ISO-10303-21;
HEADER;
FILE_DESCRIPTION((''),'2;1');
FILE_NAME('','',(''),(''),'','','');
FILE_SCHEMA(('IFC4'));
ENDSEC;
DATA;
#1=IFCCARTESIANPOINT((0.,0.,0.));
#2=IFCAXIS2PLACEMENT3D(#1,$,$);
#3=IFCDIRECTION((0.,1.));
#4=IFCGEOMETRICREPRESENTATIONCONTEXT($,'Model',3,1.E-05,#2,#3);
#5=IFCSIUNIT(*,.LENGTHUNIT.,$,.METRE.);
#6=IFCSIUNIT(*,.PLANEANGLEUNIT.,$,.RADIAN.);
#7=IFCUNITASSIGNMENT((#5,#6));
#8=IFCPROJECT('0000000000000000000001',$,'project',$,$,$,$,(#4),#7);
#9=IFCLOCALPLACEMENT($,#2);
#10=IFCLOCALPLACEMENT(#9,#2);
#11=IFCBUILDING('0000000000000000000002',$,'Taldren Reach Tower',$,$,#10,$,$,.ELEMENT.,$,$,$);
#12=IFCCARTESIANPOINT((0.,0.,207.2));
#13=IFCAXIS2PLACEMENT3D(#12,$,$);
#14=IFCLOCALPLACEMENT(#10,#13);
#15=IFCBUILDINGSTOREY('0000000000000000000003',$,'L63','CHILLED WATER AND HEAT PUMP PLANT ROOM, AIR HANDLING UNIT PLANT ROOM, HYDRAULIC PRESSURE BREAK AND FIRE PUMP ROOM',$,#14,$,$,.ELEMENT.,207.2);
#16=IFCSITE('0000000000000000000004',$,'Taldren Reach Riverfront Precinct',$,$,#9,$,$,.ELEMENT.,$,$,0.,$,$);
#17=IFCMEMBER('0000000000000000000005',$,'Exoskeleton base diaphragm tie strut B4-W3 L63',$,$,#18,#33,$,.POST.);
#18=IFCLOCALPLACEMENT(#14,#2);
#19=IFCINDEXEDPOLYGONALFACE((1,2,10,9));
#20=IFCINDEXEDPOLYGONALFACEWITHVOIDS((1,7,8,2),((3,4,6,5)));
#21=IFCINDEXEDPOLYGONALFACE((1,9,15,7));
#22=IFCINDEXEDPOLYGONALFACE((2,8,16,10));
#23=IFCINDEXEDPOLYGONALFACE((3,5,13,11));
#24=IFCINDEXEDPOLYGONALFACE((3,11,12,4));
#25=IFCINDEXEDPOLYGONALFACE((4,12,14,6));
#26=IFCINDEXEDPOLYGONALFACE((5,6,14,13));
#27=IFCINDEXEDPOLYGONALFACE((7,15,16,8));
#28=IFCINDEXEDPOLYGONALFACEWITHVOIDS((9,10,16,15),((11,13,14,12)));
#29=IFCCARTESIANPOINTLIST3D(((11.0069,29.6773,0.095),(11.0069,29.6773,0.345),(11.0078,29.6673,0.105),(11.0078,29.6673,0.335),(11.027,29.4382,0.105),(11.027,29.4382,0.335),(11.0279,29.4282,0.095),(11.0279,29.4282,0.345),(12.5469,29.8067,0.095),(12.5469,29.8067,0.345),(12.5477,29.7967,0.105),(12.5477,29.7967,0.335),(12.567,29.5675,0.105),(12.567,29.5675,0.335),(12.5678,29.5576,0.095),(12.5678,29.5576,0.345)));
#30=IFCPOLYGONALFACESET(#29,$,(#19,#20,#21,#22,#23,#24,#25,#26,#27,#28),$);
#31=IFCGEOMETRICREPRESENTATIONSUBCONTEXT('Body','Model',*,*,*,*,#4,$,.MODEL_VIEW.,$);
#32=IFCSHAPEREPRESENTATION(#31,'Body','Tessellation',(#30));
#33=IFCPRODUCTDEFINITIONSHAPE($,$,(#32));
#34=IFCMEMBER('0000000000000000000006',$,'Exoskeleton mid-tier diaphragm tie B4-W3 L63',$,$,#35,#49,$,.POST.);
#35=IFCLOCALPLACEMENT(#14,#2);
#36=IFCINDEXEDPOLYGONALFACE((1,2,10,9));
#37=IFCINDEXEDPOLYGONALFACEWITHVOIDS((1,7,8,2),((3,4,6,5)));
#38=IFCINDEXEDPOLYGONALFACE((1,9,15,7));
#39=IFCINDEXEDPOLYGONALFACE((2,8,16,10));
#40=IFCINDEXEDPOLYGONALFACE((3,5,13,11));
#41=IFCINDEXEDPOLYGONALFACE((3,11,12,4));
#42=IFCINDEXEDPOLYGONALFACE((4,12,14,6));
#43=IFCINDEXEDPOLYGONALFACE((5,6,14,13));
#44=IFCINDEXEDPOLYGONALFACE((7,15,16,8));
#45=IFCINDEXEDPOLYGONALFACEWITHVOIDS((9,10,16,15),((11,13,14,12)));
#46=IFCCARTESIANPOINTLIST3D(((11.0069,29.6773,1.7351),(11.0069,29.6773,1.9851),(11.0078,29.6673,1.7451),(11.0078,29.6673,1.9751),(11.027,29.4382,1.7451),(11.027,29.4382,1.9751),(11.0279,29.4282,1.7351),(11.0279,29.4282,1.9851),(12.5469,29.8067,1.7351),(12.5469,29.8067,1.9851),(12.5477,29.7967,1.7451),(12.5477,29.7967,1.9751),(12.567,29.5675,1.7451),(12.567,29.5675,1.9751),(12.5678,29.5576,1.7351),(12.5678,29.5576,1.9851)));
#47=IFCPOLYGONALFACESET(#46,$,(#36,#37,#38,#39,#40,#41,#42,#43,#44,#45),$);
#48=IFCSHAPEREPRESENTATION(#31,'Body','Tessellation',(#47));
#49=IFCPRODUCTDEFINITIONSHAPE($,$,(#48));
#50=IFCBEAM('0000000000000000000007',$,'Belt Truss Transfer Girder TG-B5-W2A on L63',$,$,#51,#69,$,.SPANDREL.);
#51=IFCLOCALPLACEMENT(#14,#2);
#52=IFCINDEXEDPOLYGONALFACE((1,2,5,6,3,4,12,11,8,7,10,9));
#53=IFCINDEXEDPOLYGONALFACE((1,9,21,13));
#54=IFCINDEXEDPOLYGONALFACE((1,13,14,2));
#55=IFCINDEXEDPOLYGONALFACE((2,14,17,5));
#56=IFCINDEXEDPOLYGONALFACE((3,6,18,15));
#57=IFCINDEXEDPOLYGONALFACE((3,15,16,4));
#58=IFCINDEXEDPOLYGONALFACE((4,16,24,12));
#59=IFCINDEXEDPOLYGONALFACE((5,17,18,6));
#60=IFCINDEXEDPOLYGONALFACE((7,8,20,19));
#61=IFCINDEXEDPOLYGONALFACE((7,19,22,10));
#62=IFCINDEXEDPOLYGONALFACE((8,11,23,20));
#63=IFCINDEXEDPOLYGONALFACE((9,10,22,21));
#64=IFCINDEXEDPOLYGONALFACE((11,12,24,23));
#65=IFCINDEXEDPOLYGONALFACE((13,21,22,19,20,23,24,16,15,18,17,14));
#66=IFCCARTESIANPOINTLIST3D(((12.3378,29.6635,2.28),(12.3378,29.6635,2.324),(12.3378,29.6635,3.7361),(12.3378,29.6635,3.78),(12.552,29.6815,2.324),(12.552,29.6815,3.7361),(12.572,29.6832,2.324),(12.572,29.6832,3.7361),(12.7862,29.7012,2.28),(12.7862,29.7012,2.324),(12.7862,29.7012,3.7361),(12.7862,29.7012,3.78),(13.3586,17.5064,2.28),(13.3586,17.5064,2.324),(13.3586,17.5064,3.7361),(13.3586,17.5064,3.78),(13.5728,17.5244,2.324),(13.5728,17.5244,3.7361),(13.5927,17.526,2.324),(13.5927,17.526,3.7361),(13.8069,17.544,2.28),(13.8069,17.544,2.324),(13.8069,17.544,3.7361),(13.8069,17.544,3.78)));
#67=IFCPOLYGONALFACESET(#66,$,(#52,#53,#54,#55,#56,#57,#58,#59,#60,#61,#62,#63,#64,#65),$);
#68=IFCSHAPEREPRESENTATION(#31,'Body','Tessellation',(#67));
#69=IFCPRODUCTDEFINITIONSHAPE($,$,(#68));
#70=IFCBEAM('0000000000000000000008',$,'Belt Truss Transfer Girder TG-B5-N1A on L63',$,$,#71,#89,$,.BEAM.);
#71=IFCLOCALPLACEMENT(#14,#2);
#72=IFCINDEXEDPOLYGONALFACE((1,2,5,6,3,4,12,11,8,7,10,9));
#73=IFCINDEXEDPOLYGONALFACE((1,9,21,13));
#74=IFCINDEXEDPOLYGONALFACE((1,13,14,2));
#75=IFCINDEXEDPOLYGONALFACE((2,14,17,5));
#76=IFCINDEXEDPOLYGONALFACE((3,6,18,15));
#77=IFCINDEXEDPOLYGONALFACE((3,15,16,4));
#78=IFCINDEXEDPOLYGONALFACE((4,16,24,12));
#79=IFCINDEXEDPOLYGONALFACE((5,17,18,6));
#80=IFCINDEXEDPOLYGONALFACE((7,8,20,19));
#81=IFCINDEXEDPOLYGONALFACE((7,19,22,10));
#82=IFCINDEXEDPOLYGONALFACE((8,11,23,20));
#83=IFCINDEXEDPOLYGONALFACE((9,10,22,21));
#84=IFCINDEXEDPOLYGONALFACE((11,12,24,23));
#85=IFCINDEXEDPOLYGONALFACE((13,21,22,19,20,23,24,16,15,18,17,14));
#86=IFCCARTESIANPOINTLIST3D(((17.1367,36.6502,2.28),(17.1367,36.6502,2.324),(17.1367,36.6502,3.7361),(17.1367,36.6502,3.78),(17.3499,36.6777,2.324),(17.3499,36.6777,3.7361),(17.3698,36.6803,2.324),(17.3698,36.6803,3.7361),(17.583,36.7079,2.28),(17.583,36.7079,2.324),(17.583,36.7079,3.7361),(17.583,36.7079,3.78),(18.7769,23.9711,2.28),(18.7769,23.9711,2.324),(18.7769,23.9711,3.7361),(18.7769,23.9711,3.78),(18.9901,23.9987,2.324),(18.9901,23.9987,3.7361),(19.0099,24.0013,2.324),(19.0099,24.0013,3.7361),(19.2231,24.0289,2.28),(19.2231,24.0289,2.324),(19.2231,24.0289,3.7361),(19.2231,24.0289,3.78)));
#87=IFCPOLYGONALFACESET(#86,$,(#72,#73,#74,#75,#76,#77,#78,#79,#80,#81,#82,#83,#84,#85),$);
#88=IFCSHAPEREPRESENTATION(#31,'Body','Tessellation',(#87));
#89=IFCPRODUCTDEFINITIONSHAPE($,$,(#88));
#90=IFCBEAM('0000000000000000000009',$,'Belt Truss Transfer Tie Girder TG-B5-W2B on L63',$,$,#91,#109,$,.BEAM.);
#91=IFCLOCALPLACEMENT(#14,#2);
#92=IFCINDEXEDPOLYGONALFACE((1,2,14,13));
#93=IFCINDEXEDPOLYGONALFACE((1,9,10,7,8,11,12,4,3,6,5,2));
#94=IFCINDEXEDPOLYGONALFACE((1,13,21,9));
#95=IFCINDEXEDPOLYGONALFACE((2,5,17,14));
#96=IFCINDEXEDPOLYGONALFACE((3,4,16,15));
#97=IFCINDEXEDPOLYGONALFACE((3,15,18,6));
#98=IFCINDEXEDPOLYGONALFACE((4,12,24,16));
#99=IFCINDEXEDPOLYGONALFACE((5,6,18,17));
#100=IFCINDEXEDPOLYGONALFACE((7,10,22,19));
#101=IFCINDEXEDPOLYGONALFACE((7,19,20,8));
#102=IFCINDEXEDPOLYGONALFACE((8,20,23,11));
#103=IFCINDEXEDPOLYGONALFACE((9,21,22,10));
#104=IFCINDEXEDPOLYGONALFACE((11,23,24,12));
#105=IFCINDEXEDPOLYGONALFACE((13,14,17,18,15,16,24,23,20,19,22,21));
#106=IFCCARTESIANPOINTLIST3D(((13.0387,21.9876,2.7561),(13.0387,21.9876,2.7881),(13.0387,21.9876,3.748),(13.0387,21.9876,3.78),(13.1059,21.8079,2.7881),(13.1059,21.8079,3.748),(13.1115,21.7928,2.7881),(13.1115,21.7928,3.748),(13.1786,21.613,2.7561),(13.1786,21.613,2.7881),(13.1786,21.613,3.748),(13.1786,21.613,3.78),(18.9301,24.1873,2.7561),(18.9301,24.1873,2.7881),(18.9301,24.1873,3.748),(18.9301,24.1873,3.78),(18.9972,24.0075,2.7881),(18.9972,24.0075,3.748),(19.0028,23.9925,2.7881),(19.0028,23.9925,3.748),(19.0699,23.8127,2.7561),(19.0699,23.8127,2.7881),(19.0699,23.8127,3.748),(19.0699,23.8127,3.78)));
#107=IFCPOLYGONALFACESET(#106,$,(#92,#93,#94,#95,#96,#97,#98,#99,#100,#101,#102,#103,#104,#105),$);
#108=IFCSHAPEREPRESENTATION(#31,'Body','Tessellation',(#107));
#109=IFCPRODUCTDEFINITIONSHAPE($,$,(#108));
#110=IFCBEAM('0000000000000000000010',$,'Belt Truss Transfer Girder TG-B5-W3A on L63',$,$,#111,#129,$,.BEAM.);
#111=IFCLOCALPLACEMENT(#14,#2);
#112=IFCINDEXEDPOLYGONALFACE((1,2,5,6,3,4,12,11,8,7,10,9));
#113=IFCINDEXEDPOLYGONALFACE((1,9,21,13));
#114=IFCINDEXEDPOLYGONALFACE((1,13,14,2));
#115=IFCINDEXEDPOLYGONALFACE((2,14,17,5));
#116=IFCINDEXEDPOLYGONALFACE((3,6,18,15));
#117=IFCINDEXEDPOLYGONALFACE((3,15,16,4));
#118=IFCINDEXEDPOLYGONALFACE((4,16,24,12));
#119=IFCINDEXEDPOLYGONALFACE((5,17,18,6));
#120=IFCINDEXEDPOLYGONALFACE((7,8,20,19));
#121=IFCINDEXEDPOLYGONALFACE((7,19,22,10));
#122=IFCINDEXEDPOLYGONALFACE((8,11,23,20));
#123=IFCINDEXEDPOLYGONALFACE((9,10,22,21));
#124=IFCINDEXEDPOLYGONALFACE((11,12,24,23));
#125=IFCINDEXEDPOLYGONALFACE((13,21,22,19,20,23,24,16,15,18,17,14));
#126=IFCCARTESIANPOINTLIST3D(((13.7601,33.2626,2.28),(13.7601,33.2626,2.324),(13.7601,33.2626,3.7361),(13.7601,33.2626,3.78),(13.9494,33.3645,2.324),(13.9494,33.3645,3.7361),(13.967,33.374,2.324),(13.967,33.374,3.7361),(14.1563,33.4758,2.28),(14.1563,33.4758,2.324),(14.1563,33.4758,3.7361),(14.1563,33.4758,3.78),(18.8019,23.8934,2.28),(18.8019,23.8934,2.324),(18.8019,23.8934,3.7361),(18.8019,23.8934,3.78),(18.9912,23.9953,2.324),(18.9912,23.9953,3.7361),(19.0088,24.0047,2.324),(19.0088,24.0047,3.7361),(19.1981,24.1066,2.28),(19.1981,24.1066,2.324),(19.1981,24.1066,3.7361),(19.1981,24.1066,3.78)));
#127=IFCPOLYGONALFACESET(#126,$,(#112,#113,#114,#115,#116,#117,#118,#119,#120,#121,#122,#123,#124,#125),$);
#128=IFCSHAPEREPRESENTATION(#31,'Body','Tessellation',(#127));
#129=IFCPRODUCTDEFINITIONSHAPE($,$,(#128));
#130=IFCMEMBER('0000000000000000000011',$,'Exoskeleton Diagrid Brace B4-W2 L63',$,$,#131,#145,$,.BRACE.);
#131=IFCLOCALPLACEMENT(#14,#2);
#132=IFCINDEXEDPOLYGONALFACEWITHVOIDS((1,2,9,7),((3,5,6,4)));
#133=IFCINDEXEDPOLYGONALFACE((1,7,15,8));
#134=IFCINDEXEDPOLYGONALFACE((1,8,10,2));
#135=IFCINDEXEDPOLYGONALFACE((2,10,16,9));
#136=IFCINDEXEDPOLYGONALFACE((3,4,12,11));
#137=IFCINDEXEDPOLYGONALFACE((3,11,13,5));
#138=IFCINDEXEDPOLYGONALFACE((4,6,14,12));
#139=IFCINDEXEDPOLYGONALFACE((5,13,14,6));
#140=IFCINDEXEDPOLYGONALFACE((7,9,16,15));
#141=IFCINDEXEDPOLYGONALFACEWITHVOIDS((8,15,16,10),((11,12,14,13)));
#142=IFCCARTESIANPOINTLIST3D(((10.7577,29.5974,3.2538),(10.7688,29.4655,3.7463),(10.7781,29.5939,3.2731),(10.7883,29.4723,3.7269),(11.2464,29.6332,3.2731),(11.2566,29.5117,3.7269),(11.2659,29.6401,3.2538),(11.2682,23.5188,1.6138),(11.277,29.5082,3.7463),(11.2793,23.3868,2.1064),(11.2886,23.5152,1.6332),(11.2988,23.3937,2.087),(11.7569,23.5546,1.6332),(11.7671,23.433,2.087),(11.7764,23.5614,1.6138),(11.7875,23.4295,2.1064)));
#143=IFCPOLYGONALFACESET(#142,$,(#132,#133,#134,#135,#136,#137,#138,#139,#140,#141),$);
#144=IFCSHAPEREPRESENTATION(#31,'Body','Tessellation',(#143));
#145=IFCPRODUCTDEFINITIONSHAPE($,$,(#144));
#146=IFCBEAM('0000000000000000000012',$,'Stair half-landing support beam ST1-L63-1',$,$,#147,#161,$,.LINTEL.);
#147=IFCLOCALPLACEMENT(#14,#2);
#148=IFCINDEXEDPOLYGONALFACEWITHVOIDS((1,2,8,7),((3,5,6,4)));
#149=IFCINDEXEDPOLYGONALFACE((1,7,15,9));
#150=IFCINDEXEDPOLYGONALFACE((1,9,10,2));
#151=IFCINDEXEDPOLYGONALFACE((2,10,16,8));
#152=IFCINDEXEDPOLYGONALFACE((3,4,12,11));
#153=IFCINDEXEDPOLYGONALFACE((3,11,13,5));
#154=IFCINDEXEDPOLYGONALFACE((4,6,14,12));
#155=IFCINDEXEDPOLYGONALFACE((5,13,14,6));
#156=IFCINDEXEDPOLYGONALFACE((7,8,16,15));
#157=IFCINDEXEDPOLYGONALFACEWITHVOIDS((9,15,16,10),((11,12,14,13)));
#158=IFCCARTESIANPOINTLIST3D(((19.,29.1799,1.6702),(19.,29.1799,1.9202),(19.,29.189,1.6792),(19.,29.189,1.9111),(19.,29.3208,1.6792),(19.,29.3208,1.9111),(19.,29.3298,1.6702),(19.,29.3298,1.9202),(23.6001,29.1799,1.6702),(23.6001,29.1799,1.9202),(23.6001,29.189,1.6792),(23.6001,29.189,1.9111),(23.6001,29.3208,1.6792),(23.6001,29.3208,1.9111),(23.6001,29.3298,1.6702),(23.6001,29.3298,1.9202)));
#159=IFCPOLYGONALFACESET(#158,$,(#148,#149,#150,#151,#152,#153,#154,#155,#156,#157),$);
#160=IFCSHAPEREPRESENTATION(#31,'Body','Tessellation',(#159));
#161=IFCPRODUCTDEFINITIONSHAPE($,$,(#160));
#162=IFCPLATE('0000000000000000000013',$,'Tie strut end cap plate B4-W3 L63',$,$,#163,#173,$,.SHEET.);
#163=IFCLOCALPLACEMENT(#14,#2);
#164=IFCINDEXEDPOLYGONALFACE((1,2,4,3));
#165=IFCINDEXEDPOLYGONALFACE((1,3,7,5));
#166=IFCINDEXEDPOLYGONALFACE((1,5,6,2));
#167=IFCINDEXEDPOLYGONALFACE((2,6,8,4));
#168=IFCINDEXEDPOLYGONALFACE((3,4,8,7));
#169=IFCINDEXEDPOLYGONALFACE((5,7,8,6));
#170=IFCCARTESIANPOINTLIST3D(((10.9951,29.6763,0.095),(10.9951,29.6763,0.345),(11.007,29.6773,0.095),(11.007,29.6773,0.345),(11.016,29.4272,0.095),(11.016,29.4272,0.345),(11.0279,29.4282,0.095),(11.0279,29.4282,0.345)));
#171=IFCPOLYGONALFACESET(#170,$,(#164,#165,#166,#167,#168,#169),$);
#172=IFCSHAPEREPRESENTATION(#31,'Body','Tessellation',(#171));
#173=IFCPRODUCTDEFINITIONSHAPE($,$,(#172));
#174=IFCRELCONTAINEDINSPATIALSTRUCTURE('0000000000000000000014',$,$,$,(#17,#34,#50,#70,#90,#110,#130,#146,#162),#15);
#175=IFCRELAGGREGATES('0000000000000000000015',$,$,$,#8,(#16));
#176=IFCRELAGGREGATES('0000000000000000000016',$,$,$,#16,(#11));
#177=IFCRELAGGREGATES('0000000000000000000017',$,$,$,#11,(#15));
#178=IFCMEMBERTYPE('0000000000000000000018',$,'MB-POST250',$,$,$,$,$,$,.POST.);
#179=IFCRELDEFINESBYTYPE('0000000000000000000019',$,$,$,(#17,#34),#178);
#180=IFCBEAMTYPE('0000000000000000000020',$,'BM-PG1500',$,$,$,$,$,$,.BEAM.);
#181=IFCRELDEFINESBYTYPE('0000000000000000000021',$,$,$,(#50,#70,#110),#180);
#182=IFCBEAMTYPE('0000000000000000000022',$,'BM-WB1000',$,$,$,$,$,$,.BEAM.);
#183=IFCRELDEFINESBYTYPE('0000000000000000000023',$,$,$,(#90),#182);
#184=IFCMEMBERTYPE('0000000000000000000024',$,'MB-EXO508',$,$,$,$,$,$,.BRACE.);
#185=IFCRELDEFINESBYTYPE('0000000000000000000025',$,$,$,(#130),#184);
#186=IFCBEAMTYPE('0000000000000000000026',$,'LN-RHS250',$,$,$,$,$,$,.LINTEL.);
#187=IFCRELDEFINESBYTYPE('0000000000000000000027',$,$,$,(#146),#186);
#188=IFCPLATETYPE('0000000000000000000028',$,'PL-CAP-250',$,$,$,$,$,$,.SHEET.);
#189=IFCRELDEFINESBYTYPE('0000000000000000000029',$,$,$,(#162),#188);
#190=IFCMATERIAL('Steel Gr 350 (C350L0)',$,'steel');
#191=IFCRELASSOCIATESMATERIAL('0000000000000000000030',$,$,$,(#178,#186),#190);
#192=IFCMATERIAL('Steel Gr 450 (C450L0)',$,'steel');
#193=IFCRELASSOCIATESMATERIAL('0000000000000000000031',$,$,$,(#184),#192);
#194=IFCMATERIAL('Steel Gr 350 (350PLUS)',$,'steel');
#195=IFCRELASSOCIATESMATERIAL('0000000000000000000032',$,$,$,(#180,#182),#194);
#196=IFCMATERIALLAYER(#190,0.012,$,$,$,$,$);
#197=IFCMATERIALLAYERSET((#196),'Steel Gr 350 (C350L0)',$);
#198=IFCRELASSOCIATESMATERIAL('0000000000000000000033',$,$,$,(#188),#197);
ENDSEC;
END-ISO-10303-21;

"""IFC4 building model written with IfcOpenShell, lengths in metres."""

from ifc_helpers import new_model, si_unit, direction, frame, origin, origin_2d, place, context, subcontext, project, spatial, rectangle, hollow_rectangle, i_section, extrude, source, transform, mapped, material, layer, layer_set, material_profile, profile_set, type_object, element, save


model = new_model("IFC4")

# Units and contexts
model_context = context("Model", 3, precision=1e-05, world=origin(), true_north=direction((0.0, 1.0)))
body_context = subcontext(model_context, "Body", "Model", "MODEL_VIEW")
ifc_project = project(units=[si_unit("LENGTHUNIT", "METRE"), si_unit("PLANEANGLEUNIT", "RADIAN")], contexts=[model_context])

# Site, building, storey
site_placement = place(None, origin())
site = spatial("IfcSite", under=ifc_project, at=site_placement, Name="Taldren Reach Riverfront Precinct", CompositionType="ELEMENT", RefElevation=0.0)
building_placement = place(site_placement, origin())
building = spatial("IfcBuilding", under=site, at=building_placement, Name="Taldren Reach Tower", CompositionType="ELEMENT")
storey_placement = place(building_placement, frame((0.0, 0.0, 207.2)))
storey = spatial("IfcBuildingStorey", under=building, at=storey_placement, Name="L63", Description="CHILLED WATER AND HEAT PUMP PLANT ROOM, AIR HANDLING UNIT PLANT ROOM, HYDRAULIC PRESSURE BREAK AND FIRE PUMP ROOM", CompositionType="ELEMENT", Elevation=207.2)

# Shared definitions
ifc_material_1 = material(Name="Steel Gr 450 (C450L0)", Category="steel")
ifc_material_2 = material(Name="Steel Gr 350 (350PLUS)", Category="steel")

# Members
ifc_material_3 = material(Name="Steel Gr 350 (C350L0)", Category="steel")
ifc_material_profile_1 = material_profile(ifc_material_3, hollow_rectangle(XDim=0.25, YDim=0.25, WallThickness=0.01, at=origin_2d()), Name="250x250x10.0SHS")
ifc_profile_set_1 = profile_set([ifc_material_profile_1], Name="Steel Gr 350 (C350L0)")
member_type_1 = type_object("IfcMemberType", Name="MB-POST250", PredefinedType="POST", material=ifc_profile_set_1)
ifc_material_profile_2 = material_profile(ifc_material_1, hollow_rectangle(XDim=0.51, YDim=0.51, WallThickness=0.02, at=origin_2d()), Name="510x510x20.0SHS")
ifc_profile_set_2 = profile_set([ifc_material_profile_2], Name="Steel Gr 450 (C450L0)")
member_type_2 = type_object("IfcMemberType", Name="MB-EXO508", PredefinedType="BRACE", material=ifc_profile_set_2)
shared_shape_1 = source(origin(), body_context, "Body", "SweptSolid", [
    extrude(hollow_rectangle(XDim=0.25, YDim=0.25, WallThickness=0.01, at=origin_2d()), origin(), (0.0, 0.0, 1.0), 1.5454),
])
for number, where, z_axis, x_axis, name in (
    (1, (12.5574, 29.6821, 0.22), (-0.996489, -0.083725, 0.0), (0.083725, -0.996489, 0.0), "Exoskeleton base diaphragm tie strut B4-W3 L63"),
    (2, (12.5574, 29.6821, 1.8601), (-0.996489, -0.083725, 0.0), (0.083725, -0.996489, 0.0), "Exoskeleton mid-tier diaphragm tie B4-W3 L63"),
):
    element("IfcMember", number, at=place(storey_placement, frame(where, z_axis=z_axis, x_axis=x_axis)), inside=storey, type_object=member_type_1, Name=name, PredefinedType="POST", context=body_context, shape_type="MappedRepresentation", body=[
        mapped(shared_shape_1, transform((0.0, 0.0, 0.0), scale=1.0)),
    ])

# Beams
ifc_material_profile_3 = material_profile(ifc_material_2, i_section(OverallWidth=0.45, OverallDepth=1.5, WebThickness=0.02, FlangeThickness=0.0439, at=origin_2d()), Name="1500WB550")
ifc_profile_set_3 = profile_set([ifc_material_profile_3], Name="Steel Gr 350 (350PLUS)")
beam_type_1 = type_object("IfcBeamType", Name="BM-PG1500", PredefinedType="BEAM", material=ifc_profile_set_3)
shared_shape_2 = source(origin(), body_context, "Body", "SweptSolid", [
    extrude(i_section(OverallWidth=0.45, OverallDepth=1.5, WebThickness=0.02, FlangeThickness=0.0439, at=origin_2d()), origin(), (0.0, 0.0, 1.0), 12.2),
])
beam_1_placement = place(storey_placement, frame((12.562, 29.6824, 3.03), z_axis=(0.083668, -0.996494, 0.0), x_axis=(0.996494, 0.083668, 0.0)))
element("IfcBeam", 3, at=beam_1_placement, inside=storey, type_object=beam_type_1, Name="Belt Truss Transfer Girder TG-B5-W2A on L63", PredefinedType="SPANDREL", context=body_context, shape_type="MappedRepresentation", body=[
    mapped(shared_shape_2, transform((0.0, 0.0, 0.0), scale=1.0)),
])
shared_shape_3 = source(origin(), body_context, "Body", "SweptSolid", [
    extrude(i_section(OverallWidth=0.45, OverallDepth=1.5, WebThickness=0.02, FlangeThickness=0.0439, at=origin_2d()), origin(), (0.0, 0.0, 1.0), 12.7847),
])
beam_2_placement = place(storey_placement, frame((19.0, 24.0, 3.03), z_axis=(-0.12829, 0.991737, 0.0), x_axis=(-0.991737, -0.12829, 0.0)))
element("IfcBeam", 4, at=beam_2_placement, inside=storey, type_object=beam_type_1, Name="Belt Truss Transfer Girder TG-B5-N1A on L63", PredefinedType="BEAM", context=body_context, shape_type="MappedRepresentation", body=[
    mapped(shared_shape_3, transform((0.0, 0.0, 0.0), scale=1.0)),
])
ifc_material_profile_4 = material_profile(ifc_material_2, i_section(OverallWidth=0.3999, OverallDepth=1.0239, WebThickness=0.0161, FlangeThickness=0.032, at=origin_2d()), Name="1000WB322")
ifc_profile_set_4 = profile_set([ifc_material_profile_4], Name="Steel Gr 350 (350PLUS)")
beam_type_2 = type_object("IfcBeamType", Name="BM-WB1000", PredefinedType="BEAM", material=ifc_profile_set_4)
shared_shape_4 = source(origin(), body_context, "Body", "SweptSolid", [
    extrude(i_section(OverallWidth=0.3999, OverallDepth=1.0239, WebThickness=0.0161, FlangeThickness=0.032, at=origin_2d()), origin(), (0.0, 0.0, 1.0), 6.2886),
])
beam_3_placement = place(storey_placement, frame((19.0, 24.0, 3.2681), z_axis=(-0.936828, -0.349791, 0.0), x_axis=(0.349791, -0.936828, 0.0)))
element("IfcBeam", 5, at=beam_3_placement, inside=storey, type_object=beam_type_2, Name="Belt Truss Transfer Tie Girder TG-B5-W2B on L63", PredefinedType="BEAM", context=body_context, shape_type="MappedRepresentation", body=[
    mapped(shared_shape_4, transform((0.0, 0.0, 0.0), scale=1.0)),
])
shared_shape_5 = source(origin(), body_context, "Body", "SweptSolid", [
    extrude(i_section(OverallWidth=0.45, OverallDepth=1.5, WebThickness=0.02, FlangeThickness=0.0439, at=origin_2d()), origin(), (0.0, 0.0, 1.0), 10.6396),
])
beam_4_placement = place(storey_placement, frame((19.0, 24.0, 3.03), z_axis=(-0.473869, 0.880596, 0.0), x_axis=(-0.880596, -0.473869, 0.0)))
element("IfcBeam", 6, at=beam_4_placement, inside=storey, type_object=beam_type_1, Name="Belt Truss Transfer Girder TG-B5-W3A on L63", PredefinedType="BEAM", context=body_context, shape_type="MappedRepresentation", body=[
    mapped(shared_shape_5, transform((0.0, 0.0, 0.0), scale=1.0)),
])

# Member
shared_shape_6 = source(origin(), body_context, "Body", "SweptSolid", [
    extrude(hollow_rectangle(XDim=0.51, YDim=0.51, WallThickness=0.02, at=origin_2d()), origin(), (0.0, 0.0, 1.0), 6.3167),
])
member_1_placement = place(storey_placement, frame((11.5278, 23.4741, 1.8601), z_axis=(-0.080819, 0.962324, 0.259616), x_axis=(-0.996492, -0.083688, 0.0)))
element("IfcMember", 7, at=member_1_placement, inside=storey, type_object=member_type_2, Name="Exoskeleton Diagrid Brace B4-W2 L63", PredefinedType="BRACE", context=body_context, shape_type="MappedRepresentation", body=[
    mapped(shared_shape_6, transform((0.0, 0.0, 0.0), scale=1.0)),
])

# Beam
ifc_material_profile_5 = material_profile(ifc_material_3, hollow_rectangle(XDim=0.1499, YDim=0.25, WallThickness=0.009, at=origin_2d()), Name="250x150x9.0RHS")
ifc_profile_set_5 = profile_set([ifc_material_profile_5], Name="Steel Gr 350 (C350L0)")
beam_type_3 = type_object("IfcBeamType", Name="LN-RHS250", PredefinedType="LINTEL", material=ifc_profile_set_5)
shared_shape_7 = source(origin(), body_context, "Body", "SweptSolid", [
    extrude(hollow_rectangle(XDim=0.1499, YDim=0.25, WallThickness=0.009, at=origin_2d()), origin(), (0.0, 0.0, 1.0), 4.6001),
])
beam_5_placement = place(storey_placement, frame((19.0, 29.2549, 1.7952), z_axis=(1.0, 0.0, 0.0), x_axis=(0.0, 1.0, 0.0)))
element("IfcBeam", 8, at=beam_5_placement, inside=storey, type_object=beam_type_3, Name="Stair half-landing support beam ST1-L63-1", PredefinedType="LINTEL", context=body_context, shape_type="MappedRepresentation", body=[
    mapped(shared_shape_7, transform((0.0, 0.0, 0.0), scale=1.0)),
])

# Plate
ifc_layer_1 = layer(ifc_material_3, 0.012)
ifc_layer_set_1 = layer_set([ifc_layer_1], Name="Steel Gr 350 (C350L0)")
plate_type_1 = type_object("IfcPlateType", Name="PL-CAP-250", PredefinedType="SHEET", material=ifc_layer_set_1)
shared_shape_8 = source(origin(), body_context, "Body", "SweptSolid", [
    extrude(rectangle(XDim=0.012, YDim=0.25, at=origin_2d()), origin(), (0.0, 0.0, 1.0), 0.25),
])
plate_1_placement = place(storey_placement, frame((11.0115, 29.5522, 0.095), z_axis=(0.0, 0.0, 1.0), x_axis=(0.996493, 0.083678, 0.0)))
element("IfcPlate", 9, at=plate_1_placement, inside=storey, type_object=plate_type_1, Name="Tie strut end cap plate B4-W3 L63", PredefinedType="SHEET", context=body_context, shape_type="MappedRepresentation", body=[
    mapped(shared_shape_8, transform((0.0, 0.0, 0.0), scale=1.0)),
])

save(model, "model.ifc")
